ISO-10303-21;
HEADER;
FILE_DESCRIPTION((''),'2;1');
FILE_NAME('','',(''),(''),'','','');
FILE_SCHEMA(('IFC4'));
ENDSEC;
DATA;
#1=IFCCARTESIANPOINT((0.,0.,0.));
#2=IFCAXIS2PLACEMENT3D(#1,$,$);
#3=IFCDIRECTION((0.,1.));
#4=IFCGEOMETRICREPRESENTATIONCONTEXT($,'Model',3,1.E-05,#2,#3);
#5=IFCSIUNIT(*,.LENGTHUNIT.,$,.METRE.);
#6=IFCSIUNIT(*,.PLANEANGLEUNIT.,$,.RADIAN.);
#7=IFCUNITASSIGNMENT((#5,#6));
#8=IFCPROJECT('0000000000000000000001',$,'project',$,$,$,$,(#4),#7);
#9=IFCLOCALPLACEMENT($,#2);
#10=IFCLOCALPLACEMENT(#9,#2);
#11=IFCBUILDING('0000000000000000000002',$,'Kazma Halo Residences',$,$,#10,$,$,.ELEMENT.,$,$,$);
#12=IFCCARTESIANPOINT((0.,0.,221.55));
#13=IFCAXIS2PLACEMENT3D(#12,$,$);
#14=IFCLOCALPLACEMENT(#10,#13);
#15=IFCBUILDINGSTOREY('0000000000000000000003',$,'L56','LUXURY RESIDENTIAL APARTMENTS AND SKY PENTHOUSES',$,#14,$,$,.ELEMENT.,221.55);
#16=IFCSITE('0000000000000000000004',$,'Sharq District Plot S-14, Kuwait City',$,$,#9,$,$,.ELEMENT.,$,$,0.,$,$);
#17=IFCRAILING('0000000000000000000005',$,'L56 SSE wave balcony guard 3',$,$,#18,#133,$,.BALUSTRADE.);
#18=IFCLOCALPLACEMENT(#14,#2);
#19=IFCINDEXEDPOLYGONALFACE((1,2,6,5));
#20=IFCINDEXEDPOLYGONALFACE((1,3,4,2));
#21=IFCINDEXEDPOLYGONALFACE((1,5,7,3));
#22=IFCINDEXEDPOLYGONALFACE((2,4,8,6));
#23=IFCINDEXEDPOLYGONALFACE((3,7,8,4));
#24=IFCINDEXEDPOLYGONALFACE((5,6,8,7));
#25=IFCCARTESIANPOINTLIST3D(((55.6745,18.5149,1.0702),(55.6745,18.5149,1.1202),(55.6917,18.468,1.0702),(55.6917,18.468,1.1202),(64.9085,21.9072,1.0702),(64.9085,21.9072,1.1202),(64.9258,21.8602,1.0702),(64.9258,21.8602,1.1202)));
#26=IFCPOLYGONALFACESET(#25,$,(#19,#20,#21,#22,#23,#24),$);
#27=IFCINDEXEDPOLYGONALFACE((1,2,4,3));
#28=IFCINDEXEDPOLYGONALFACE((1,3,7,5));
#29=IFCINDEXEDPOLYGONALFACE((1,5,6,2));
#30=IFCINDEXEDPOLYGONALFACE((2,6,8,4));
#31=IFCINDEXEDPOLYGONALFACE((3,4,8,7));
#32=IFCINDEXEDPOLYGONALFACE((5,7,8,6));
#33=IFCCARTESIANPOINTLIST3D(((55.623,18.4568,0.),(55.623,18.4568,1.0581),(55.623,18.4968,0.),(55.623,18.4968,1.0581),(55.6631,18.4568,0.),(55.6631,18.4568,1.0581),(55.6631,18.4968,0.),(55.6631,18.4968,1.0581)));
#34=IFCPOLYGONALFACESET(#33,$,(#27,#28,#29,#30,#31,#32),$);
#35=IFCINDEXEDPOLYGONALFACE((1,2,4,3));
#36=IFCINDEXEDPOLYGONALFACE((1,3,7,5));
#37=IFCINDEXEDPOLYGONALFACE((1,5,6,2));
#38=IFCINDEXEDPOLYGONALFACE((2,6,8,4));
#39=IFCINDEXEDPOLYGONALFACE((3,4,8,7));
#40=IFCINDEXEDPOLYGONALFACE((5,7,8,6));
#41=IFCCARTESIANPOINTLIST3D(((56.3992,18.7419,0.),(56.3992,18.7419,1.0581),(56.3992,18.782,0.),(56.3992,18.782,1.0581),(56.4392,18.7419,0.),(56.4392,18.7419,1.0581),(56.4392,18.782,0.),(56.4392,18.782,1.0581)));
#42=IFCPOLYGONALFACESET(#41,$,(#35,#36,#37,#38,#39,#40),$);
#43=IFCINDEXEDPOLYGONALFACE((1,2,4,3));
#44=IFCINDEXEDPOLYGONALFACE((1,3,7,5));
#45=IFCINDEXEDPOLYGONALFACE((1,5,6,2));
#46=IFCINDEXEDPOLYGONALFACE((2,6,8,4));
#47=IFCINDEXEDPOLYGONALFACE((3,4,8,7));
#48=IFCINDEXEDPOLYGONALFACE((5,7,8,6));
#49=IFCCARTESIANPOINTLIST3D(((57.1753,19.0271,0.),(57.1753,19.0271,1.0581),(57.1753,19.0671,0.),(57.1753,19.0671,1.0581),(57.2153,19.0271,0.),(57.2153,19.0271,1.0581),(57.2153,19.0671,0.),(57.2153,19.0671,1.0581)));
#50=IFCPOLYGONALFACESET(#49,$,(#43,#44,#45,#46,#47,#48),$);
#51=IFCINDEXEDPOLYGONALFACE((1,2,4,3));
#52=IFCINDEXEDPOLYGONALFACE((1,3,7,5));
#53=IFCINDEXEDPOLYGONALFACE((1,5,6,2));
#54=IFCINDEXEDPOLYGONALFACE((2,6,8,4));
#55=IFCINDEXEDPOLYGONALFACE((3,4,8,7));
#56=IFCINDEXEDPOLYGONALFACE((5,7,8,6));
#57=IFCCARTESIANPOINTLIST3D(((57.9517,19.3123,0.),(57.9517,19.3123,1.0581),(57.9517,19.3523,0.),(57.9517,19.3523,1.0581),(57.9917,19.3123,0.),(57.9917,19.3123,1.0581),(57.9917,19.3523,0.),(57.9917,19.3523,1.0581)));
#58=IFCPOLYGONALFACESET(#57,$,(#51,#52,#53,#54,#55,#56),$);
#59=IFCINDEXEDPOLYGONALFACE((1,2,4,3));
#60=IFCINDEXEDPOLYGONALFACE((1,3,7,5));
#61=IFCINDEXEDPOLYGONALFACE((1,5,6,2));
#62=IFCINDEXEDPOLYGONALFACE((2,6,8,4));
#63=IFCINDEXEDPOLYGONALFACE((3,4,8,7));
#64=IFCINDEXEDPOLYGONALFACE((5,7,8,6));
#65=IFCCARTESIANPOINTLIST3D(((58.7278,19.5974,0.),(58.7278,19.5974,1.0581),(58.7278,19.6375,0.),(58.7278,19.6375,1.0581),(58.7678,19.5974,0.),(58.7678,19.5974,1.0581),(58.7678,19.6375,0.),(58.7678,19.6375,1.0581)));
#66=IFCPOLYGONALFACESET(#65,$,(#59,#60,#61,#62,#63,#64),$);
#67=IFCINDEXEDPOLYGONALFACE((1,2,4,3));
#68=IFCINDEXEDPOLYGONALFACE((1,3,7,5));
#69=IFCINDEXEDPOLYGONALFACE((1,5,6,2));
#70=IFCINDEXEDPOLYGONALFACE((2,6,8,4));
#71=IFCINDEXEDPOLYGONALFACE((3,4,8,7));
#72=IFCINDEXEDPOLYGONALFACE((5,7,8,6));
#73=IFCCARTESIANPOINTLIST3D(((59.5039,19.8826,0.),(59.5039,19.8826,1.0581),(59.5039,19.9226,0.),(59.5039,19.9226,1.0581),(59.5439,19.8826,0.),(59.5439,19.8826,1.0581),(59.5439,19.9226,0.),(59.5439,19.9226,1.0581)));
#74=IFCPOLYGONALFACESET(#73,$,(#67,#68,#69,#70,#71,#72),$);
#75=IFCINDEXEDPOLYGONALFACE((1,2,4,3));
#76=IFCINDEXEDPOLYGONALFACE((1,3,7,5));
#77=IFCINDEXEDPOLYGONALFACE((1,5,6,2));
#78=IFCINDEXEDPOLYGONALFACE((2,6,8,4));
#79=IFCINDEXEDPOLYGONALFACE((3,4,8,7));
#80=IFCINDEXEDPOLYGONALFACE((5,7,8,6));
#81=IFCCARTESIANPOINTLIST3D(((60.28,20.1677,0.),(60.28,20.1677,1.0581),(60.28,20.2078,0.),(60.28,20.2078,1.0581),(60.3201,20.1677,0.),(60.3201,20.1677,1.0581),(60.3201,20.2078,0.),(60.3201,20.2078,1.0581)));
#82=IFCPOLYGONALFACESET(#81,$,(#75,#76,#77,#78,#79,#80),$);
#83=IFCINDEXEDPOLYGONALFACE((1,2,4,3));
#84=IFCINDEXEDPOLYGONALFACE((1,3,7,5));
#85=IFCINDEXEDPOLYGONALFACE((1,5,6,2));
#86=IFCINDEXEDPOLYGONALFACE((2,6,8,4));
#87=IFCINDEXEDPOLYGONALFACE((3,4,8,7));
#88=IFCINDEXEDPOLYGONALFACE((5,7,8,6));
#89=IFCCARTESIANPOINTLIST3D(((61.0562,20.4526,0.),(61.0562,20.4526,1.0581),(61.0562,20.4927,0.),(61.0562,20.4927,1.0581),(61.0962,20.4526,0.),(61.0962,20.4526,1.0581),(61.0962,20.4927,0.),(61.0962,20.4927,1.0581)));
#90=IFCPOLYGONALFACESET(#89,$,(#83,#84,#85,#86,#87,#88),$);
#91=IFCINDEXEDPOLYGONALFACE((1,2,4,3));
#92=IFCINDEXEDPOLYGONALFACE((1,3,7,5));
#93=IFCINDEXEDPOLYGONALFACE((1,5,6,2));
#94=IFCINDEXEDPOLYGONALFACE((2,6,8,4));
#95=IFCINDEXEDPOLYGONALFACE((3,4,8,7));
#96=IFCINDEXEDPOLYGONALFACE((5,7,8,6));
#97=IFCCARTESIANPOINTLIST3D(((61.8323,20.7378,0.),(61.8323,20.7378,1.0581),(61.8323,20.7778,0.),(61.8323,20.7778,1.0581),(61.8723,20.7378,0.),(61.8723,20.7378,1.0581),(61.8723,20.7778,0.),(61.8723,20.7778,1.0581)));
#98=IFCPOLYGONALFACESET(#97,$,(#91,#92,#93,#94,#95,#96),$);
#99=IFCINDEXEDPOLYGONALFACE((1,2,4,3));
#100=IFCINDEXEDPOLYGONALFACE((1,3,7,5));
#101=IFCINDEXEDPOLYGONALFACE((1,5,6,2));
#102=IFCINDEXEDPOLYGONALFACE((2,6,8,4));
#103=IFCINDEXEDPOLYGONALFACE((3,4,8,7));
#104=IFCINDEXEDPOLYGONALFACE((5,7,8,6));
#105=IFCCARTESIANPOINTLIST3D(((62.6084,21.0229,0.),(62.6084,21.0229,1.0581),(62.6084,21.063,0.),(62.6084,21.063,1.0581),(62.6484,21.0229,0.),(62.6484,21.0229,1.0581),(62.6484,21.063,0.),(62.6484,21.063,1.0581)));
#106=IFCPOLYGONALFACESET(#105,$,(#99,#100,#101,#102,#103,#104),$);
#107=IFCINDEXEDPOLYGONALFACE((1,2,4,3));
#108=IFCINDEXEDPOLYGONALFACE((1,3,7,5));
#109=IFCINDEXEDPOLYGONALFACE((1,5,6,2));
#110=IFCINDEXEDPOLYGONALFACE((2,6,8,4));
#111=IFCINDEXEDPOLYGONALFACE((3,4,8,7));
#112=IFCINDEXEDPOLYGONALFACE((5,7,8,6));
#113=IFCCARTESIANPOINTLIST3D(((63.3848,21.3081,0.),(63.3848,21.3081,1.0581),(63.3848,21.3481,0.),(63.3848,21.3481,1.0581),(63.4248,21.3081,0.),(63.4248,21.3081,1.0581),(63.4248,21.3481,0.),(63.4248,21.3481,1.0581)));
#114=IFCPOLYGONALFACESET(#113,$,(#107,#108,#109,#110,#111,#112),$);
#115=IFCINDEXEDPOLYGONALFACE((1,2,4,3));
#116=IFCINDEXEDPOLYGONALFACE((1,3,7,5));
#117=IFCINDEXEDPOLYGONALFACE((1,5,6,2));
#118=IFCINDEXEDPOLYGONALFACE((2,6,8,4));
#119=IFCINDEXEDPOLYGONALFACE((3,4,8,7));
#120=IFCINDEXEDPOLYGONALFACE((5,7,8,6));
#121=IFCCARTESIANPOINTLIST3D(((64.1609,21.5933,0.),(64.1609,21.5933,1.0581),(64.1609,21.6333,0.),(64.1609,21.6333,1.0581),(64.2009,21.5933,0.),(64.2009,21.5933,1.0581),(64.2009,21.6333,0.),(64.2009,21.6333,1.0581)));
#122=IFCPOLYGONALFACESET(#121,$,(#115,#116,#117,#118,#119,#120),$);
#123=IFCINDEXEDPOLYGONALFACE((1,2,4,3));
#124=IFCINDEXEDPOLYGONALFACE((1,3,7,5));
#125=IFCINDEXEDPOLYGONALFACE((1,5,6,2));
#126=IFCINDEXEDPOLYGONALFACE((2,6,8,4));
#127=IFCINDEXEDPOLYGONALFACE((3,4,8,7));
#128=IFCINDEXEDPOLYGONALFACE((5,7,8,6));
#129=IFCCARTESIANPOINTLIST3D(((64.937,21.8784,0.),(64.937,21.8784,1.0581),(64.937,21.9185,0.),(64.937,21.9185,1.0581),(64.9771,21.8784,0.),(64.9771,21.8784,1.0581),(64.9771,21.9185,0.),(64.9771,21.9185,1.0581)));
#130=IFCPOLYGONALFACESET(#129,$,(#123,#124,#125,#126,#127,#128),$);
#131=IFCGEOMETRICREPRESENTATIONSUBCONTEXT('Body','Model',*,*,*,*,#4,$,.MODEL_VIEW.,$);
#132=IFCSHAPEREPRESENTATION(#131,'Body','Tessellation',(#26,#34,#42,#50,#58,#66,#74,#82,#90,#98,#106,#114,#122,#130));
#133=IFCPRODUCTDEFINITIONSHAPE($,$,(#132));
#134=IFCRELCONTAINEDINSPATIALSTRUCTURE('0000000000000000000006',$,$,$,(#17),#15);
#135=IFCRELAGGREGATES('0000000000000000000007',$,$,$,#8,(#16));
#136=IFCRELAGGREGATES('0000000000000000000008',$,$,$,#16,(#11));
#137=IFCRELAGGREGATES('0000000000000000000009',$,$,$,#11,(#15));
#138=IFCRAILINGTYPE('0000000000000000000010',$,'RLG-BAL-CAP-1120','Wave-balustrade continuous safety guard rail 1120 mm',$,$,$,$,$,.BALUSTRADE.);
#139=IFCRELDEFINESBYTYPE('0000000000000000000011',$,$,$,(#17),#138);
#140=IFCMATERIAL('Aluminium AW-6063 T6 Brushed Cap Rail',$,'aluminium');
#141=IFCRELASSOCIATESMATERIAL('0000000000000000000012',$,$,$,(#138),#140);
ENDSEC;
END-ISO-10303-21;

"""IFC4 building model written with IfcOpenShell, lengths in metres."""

from ifc_helpers import new_model, si_unit, direction, frame, origin, origin_2d, place, context, subcontext, project, spatial, rectangle, extrude, material, type_object, element, save


model = new_model("IFC4")

# Units and contexts
model_context = context("Model", 3, precision=1e-05, world=origin(), true_north=direction((0.0, 1.0)))
body_context = subcontext(model_context, "Body", "Model", "MODEL_VIEW")
ifc_project = project(units=[si_unit("LENGTHUNIT", "METRE"), si_unit("PLANEANGLEUNIT", "RADIAN")], contexts=[model_context])

# Site, building, storey
site_placement = place(None, origin())
site = spatial("IfcSite", under=ifc_project, at=site_placement, Name="Sharq District Plot S-14, Kuwait City", CompositionType="ELEMENT", RefElevation=0.0)
building_placement = place(site_placement, origin())
building = spatial("IfcBuilding", under=site, at=building_placement, Name="Kazma Halo Residences", CompositionType="ELEMENT")
storey_placement = place(building_placement, frame((0.0, 0.0, 221.55)))
storey = spatial("IfcBuildingStorey", under=building, at=storey_placement, Name="L56", Description="LUXURY RESIDENTIAL APARTMENTS AND SKY PENTHOUSES", CompositionType="ELEMENT", Elevation=221.55)

# Railing
ifc_material_1 = material(Name="Aluminium AW-6063 T6 Brushed Cap Rail", Category="aluminium")
railing_type = type_object("IfcRailingType", Name="RLG-BAL-CAP-1120", Description="Wave-balustrade continuous safety guard rail 1120 mm", PredefinedType="BALUSTRADE", material=ifc_material_1)
railing_placement = place(storey_placement, frame((55.6431, 18.4768, 0.0)))
element("IfcRailing", 1, at=railing_placement, inside=storey, type_object=railing_type, Name="L56 SSE wave balcony guard 3", PredefinedType="BALUSTRADE", context=body_context, shape_type="SweptSolid", body=[
    extrude(rectangle(XDim=0.05, YDim=0.05, at=origin_2d()), frame((0.04, 0.0146, 1.0952), z_axis=(0.938664, 0.344833, 0.0), x_axis=(-0.344833, 0.938664, 0.0)), (0.0, 0.0, 1.0), 9.8374),
    extrude(rectangle(XDim=0.04, YDim=0.04, at=origin_2d()), origin(), (0.0, 0.0, 1.0), 1.0581),
    extrude(rectangle(XDim=0.04, YDim=0.04, at=origin_2d()), frame((0.7761, 0.2852, 0.0)), (0.0, 0.0, 1.0), 1.0581),
    extrude(rectangle(XDim=0.04, YDim=0.04, at=origin_2d()), frame((1.5522, 0.5703, 0.0)), (0.0, 0.0, 1.0), 1.0581),
    extrude(rectangle(XDim=0.04, YDim=0.04, at=origin_2d()), frame((2.3286, 0.8555, 0.0)), (0.0, 0.0, 1.0), 1.0581),
    extrude(rectangle(XDim=0.04, YDim=0.04, at=origin_2d()), frame((3.1047, 1.1406, 0.0)), (0.0, 0.0, 1.0), 1.0581),
    extrude(rectangle(XDim=0.04, YDim=0.04, at=origin_2d()), frame((3.8809, 1.4258, 0.0)), (0.0, 0.0, 1.0), 1.0581),
    extrude(rectangle(XDim=0.04, YDim=0.04, at=origin_2d()), frame((4.657, 1.7109, 0.0)), (0.0, 0.0, 1.0), 1.0581),
    extrude(rectangle(XDim=0.04, YDim=0.04, at=origin_2d()), frame((5.4331, 1.9958, 0.0)), (0.0, 0.0, 1.0), 1.0581),
    extrude(rectangle(XDim=0.04, YDim=0.04, at=origin_2d()), frame((6.2092, 2.281, 0.0)), (0.0, 0.0, 1.0), 1.0581),
    extrude(rectangle(XDim=0.04, YDim=0.04, at=origin_2d()), frame((6.9854, 2.5662, 0.0)), (0.0, 0.0, 1.0), 1.0581),
    extrude(rectangle(XDim=0.04, YDim=0.04, at=origin_2d()), frame((7.7617, 2.8513, 0.0)), (0.0, 0.0, 1.0), 1.0581),
    extrude(rectangle(XDim=0.04, YDim=0.04, at=origin_2d()), frame((8.5378, 3.1365, 0.0)), (0.0, 0.0, 1.0), 1.0581),
    extrude(rectangle(XDim=0.04, YDim=0.04, at=origin_2d()), frame((9.314, 3.4216, 0.0)), (0.0, 0.0, 1.0), 1.0581),
])

save(model, "model.ifc")
